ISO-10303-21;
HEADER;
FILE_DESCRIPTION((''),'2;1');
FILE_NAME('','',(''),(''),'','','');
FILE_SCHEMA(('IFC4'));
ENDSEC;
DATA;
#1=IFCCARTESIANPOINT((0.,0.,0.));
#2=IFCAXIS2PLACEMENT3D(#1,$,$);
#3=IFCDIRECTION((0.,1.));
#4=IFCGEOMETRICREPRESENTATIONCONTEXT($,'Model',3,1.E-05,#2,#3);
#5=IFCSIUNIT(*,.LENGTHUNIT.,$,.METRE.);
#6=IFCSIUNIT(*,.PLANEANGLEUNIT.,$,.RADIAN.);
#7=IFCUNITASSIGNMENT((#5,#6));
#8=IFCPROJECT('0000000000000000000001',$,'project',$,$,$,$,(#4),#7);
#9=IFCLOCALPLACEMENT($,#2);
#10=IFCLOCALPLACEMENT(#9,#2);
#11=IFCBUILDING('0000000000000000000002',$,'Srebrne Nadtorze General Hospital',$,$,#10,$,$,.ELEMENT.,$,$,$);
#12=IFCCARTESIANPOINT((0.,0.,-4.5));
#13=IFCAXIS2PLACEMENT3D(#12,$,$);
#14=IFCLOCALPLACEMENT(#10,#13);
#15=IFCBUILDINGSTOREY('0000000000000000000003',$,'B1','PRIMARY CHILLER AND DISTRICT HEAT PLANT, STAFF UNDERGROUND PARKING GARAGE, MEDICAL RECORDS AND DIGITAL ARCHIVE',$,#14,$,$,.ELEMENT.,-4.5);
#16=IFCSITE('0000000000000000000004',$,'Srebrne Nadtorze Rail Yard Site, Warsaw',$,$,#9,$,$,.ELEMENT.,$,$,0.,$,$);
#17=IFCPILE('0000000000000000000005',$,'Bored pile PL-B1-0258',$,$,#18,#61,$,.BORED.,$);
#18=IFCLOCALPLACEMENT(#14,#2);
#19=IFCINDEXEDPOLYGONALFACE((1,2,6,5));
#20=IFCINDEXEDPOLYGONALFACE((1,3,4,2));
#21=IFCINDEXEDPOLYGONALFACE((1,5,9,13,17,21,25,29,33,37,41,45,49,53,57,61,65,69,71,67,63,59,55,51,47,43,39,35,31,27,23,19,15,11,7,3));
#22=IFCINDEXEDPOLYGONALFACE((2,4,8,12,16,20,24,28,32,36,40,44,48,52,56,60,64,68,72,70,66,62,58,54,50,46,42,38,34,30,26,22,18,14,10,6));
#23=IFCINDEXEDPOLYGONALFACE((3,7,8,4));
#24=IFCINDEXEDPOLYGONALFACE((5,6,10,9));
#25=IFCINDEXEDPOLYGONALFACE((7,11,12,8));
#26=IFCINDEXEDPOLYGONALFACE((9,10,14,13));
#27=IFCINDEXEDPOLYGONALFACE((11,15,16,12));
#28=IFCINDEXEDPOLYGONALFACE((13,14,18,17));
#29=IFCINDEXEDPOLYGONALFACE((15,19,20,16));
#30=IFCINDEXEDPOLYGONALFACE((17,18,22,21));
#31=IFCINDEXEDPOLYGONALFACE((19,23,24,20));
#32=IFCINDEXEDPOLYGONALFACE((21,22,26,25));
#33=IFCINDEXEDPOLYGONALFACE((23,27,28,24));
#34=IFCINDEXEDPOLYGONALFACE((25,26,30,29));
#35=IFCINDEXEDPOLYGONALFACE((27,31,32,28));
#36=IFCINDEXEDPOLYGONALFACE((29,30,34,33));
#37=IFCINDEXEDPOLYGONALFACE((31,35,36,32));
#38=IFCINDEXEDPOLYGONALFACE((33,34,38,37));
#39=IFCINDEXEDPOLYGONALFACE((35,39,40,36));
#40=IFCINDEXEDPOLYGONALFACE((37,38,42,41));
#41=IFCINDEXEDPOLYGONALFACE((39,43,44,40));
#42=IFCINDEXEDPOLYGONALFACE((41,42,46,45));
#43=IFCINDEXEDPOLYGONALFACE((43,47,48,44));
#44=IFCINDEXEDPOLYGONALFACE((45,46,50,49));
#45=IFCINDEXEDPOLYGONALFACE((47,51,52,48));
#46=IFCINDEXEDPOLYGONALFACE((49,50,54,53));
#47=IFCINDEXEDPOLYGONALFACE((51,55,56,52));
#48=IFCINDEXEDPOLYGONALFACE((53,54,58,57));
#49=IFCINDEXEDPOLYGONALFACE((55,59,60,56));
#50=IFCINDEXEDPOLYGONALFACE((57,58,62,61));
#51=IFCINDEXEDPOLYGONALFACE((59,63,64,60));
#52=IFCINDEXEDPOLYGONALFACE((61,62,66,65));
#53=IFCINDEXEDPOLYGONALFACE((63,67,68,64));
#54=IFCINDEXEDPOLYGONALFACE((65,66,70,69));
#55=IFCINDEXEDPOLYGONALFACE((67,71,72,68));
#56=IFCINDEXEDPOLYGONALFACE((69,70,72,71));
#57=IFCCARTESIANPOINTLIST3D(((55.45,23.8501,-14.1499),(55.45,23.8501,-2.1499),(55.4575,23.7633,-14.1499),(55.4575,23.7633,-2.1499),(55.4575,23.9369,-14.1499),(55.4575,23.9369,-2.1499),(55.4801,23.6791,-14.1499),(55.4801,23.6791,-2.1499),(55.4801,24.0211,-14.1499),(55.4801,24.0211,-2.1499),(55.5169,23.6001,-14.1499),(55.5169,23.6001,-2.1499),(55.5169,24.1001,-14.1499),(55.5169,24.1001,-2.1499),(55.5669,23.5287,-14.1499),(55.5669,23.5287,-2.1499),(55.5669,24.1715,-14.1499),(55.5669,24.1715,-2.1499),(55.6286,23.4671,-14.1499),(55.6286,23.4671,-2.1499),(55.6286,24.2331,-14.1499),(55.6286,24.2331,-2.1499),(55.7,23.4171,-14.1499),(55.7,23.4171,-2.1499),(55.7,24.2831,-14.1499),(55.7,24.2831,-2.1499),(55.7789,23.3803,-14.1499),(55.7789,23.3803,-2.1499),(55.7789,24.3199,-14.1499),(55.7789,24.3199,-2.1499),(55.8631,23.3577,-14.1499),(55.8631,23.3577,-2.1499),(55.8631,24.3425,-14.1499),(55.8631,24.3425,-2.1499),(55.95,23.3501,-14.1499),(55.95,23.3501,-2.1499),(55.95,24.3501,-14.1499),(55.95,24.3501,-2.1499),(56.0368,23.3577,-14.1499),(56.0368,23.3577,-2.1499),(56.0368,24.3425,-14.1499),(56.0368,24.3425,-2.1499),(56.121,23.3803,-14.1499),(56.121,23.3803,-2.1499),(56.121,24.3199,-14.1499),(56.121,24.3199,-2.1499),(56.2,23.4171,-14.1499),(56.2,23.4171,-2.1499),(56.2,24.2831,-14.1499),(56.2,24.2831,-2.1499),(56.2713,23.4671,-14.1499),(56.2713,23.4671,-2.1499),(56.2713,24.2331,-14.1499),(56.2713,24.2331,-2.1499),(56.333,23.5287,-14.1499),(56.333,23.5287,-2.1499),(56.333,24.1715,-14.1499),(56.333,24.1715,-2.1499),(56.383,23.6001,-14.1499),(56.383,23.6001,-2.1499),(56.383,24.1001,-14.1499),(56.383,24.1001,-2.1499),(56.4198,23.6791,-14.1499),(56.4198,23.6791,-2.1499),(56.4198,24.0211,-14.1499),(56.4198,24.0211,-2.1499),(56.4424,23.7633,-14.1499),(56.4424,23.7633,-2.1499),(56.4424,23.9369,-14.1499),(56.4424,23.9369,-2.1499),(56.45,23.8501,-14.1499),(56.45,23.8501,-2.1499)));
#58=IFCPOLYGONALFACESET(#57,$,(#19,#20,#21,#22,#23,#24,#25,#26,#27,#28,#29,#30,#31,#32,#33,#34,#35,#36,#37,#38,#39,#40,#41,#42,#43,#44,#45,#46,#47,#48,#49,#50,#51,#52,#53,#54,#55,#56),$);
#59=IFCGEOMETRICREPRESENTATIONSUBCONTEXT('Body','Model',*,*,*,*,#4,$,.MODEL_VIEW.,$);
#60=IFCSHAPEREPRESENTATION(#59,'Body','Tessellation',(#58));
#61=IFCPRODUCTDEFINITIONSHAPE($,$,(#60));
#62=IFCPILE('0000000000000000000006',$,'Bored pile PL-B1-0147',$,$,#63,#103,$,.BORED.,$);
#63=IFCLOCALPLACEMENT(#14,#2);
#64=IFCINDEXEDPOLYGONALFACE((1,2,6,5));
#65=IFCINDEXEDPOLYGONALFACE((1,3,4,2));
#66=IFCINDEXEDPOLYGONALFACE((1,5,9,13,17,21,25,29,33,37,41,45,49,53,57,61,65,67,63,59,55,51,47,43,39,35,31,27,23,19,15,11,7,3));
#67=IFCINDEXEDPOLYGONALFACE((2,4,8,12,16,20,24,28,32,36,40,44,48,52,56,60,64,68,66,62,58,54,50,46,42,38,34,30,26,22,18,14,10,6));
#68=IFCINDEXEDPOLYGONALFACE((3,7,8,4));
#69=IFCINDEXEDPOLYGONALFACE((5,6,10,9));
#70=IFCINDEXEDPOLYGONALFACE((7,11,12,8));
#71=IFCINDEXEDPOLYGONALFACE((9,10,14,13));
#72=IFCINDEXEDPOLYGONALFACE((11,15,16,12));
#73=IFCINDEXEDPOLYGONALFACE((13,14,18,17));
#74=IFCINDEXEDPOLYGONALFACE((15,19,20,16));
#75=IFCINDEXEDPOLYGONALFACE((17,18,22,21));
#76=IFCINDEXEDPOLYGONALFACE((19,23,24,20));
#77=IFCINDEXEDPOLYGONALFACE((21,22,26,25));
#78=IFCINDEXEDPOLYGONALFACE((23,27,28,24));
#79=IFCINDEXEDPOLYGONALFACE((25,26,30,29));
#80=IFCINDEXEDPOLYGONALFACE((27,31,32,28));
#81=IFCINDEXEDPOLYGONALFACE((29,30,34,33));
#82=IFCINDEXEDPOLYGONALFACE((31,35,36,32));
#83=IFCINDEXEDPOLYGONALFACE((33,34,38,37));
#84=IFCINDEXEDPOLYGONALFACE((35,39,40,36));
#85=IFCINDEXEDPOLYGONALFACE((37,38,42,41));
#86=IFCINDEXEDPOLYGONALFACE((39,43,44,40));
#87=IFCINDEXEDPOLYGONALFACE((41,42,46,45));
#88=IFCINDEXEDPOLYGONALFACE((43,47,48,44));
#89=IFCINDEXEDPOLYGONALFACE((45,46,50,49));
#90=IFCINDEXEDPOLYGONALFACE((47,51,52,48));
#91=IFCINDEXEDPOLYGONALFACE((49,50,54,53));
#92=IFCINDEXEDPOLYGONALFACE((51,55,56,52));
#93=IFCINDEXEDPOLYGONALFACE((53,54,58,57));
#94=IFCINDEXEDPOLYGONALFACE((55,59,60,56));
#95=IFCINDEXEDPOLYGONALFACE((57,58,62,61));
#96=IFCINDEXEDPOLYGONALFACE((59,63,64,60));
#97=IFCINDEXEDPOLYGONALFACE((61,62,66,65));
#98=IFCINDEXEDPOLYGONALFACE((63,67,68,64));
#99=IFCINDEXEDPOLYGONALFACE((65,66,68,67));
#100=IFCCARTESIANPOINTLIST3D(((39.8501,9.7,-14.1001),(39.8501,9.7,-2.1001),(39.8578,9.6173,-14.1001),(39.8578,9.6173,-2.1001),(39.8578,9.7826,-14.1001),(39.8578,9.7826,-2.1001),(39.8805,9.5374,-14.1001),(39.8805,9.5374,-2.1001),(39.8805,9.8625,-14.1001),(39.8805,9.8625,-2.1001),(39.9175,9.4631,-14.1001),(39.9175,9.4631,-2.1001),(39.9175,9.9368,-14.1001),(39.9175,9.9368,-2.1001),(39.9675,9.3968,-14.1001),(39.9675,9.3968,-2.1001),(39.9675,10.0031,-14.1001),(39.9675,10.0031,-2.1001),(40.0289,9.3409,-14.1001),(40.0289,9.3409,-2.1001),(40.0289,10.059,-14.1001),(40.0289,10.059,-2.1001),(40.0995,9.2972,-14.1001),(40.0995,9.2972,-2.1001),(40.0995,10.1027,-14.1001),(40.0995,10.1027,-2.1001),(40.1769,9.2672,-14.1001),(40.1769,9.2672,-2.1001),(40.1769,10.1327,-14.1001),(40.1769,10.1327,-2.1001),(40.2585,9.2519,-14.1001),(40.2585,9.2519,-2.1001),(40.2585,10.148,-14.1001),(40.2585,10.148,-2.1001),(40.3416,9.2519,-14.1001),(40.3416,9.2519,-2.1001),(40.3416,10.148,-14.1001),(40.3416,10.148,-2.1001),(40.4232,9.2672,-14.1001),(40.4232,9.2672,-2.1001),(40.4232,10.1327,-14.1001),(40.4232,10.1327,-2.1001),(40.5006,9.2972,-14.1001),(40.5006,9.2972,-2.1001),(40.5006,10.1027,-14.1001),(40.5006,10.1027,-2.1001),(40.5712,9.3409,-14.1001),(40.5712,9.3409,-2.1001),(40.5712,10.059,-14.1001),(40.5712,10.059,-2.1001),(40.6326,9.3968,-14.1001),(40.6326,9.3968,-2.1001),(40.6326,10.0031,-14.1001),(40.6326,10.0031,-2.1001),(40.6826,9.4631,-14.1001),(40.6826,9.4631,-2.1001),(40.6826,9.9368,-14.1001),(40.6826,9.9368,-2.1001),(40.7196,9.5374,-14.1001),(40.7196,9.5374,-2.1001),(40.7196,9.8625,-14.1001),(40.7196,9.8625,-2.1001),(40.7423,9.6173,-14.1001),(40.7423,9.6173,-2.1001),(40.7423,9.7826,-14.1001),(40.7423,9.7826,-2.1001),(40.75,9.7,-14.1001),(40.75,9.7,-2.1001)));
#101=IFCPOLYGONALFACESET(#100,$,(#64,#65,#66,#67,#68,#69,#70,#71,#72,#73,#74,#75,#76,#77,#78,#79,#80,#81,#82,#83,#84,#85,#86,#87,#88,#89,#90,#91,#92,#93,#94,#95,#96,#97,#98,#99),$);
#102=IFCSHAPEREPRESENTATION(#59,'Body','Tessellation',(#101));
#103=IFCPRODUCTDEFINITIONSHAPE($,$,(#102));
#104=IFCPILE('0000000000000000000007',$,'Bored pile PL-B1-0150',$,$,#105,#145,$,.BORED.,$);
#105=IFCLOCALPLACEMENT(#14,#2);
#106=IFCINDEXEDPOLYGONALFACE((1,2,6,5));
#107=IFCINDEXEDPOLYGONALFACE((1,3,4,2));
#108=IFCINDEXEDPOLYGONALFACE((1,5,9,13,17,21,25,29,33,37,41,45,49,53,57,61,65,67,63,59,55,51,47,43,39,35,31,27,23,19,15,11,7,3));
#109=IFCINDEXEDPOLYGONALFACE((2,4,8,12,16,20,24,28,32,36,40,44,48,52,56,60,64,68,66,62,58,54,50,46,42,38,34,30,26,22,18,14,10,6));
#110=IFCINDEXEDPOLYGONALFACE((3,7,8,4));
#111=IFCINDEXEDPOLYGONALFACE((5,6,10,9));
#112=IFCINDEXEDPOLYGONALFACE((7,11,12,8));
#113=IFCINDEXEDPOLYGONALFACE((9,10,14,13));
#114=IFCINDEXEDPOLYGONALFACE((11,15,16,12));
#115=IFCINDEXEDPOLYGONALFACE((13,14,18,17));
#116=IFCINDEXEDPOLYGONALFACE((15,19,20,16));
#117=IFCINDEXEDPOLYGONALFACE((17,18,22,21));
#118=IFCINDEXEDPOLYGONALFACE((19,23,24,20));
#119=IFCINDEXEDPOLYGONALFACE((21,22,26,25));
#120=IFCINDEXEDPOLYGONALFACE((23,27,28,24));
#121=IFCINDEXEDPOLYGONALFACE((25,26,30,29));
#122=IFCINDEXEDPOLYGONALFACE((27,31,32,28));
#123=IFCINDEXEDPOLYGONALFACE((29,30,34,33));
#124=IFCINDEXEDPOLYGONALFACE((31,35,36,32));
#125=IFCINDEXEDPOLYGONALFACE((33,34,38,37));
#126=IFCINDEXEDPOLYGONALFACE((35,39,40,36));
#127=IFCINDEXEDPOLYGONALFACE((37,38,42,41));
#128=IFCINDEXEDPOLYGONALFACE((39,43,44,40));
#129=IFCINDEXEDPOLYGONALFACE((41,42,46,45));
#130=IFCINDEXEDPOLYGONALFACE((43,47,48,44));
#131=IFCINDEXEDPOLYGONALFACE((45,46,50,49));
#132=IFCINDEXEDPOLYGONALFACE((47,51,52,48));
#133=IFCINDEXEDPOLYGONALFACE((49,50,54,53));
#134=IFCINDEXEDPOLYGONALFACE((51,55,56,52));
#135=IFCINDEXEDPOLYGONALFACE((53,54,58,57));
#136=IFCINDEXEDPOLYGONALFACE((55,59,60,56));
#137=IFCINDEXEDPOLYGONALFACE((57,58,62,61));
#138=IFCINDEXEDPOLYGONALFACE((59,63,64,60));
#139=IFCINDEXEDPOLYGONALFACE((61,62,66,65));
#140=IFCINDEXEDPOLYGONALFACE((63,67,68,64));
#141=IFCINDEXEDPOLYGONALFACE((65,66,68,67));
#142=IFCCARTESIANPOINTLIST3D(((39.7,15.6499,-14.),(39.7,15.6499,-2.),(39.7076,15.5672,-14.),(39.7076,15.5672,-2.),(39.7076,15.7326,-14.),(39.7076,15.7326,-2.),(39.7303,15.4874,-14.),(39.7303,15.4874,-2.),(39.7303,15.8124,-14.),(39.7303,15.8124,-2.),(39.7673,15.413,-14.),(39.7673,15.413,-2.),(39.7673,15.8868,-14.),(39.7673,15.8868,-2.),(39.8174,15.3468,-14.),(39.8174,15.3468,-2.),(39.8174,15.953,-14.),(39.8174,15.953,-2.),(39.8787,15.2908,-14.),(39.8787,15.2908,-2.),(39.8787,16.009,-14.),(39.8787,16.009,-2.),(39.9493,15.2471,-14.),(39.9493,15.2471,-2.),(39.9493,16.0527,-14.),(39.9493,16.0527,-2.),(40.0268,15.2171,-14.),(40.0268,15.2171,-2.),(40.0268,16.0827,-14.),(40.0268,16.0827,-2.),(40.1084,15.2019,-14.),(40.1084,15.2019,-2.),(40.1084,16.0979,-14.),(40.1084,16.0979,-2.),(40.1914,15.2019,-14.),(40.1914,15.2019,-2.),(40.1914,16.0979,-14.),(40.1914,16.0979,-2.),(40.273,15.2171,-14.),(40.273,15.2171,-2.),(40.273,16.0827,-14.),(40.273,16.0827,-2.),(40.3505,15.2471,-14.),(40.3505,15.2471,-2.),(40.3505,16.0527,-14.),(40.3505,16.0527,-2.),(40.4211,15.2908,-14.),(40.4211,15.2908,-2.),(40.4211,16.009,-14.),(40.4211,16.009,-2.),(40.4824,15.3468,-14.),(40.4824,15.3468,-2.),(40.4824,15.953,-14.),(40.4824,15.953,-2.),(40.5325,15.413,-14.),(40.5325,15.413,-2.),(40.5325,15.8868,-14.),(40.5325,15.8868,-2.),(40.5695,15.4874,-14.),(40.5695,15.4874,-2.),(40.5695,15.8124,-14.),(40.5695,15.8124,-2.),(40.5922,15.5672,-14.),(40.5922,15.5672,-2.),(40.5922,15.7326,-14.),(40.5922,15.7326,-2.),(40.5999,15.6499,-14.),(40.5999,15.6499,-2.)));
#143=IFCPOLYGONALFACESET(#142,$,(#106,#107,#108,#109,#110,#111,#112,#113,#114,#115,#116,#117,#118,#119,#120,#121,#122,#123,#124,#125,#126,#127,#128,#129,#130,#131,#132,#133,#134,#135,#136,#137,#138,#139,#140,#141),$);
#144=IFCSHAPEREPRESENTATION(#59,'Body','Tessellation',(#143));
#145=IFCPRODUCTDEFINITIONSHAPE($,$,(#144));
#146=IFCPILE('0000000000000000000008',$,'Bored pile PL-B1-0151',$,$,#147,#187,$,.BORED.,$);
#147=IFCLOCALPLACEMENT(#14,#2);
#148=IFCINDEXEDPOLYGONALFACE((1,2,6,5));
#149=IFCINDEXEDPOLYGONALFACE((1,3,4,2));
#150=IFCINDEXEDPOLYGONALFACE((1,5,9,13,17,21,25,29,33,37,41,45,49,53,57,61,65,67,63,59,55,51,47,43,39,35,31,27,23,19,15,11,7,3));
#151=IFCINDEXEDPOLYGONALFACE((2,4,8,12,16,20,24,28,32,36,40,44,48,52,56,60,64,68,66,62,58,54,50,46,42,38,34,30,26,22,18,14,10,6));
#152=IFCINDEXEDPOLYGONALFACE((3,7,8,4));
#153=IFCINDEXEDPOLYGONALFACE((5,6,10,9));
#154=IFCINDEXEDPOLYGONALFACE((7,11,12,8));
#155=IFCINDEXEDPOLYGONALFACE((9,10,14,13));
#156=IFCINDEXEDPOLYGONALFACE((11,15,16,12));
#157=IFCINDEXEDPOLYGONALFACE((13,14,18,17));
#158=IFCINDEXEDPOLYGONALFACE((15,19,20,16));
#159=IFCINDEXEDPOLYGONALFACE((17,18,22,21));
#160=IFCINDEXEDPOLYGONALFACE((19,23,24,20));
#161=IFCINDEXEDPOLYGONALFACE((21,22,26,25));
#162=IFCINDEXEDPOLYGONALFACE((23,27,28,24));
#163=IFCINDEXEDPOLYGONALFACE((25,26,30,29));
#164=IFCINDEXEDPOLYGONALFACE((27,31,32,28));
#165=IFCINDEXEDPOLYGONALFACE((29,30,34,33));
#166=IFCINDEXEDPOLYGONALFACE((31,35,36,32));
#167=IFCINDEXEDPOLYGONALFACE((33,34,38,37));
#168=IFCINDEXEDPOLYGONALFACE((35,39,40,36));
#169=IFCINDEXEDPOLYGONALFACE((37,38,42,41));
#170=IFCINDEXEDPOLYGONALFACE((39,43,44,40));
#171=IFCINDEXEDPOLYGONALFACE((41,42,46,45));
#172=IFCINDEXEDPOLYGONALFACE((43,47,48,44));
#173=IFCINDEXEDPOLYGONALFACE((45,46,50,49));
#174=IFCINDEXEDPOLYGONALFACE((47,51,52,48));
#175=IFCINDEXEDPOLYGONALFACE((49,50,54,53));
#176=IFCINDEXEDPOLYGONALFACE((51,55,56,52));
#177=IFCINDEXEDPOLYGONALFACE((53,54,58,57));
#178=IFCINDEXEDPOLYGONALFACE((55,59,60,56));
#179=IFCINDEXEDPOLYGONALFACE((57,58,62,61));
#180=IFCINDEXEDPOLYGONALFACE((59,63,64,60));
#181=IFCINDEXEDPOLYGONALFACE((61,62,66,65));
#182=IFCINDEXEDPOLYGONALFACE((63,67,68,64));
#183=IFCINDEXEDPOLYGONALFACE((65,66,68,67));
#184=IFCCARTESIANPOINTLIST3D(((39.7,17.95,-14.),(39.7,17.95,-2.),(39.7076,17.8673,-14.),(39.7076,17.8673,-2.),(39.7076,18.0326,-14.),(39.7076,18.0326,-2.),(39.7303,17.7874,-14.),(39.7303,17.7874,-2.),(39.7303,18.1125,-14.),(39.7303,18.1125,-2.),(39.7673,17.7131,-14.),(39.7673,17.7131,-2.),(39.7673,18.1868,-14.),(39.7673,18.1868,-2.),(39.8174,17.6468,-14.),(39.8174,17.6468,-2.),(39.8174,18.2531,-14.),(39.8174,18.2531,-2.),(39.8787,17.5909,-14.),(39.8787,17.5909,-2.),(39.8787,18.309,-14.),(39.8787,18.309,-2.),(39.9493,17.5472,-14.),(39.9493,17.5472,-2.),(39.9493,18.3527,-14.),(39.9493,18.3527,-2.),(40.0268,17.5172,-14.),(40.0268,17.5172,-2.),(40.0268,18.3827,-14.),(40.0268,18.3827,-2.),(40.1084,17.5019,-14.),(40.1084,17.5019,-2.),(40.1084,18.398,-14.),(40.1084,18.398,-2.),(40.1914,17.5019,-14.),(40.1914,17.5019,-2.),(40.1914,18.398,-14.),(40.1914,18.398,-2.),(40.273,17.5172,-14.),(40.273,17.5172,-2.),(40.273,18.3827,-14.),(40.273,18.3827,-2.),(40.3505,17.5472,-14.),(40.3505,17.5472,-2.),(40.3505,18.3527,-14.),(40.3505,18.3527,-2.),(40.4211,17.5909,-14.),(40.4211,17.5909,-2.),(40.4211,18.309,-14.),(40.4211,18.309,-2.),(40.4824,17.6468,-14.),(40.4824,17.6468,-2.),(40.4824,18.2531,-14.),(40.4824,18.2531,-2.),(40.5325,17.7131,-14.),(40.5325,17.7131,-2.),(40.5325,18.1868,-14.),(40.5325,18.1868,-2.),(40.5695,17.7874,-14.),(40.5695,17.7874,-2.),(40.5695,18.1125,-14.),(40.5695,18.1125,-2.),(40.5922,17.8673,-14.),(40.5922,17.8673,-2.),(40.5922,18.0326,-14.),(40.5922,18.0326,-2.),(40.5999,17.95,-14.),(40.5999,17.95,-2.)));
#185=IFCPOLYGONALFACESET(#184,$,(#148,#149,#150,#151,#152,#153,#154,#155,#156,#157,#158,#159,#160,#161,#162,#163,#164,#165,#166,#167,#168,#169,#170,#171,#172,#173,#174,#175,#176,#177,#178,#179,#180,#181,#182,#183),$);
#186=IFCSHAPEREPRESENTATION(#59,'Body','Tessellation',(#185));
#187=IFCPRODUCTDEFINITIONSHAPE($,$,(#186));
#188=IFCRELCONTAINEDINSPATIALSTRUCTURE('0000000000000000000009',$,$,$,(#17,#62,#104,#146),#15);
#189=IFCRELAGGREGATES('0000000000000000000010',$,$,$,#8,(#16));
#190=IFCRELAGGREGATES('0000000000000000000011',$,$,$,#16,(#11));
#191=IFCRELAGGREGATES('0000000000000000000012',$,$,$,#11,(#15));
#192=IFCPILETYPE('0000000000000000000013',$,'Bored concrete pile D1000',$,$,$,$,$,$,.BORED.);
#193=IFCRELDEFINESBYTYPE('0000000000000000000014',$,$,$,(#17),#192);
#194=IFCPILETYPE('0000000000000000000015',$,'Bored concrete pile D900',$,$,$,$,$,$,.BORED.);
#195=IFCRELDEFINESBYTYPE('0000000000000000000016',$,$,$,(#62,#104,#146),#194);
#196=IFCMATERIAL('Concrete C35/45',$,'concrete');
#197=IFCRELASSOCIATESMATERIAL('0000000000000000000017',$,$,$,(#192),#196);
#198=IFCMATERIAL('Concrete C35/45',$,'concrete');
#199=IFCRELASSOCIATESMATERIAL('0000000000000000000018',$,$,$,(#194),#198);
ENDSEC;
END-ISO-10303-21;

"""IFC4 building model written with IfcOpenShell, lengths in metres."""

from ifc_helpers import new_model, si_unit, direction, frame, origin, origin_2d, place, context, subcontext, project, spatial, circle, extrude, material, material_profile, profile_set, type_object, element, save


model = new_model("IFC4")

# Units and contexts
model_context = context("Model", 3, precision=1e-05, world=origin(), true_north=direction((0.0, 1.0)))
body_context = subcontext(model_context, "Body", "Model", "MODEL_VIEW")
ifc_project = project(units=[si_unit("LENGTHUNIT", "METRE"), si_unit("PLANEANGLEUNIT", "RADIAN")], contexts=[model_context])

# Site, building, storey
site_placement = place(None, origin())
site = spatial("IfcSite", under=ifc_project, at=site_placement, Name="Srebrne Nadtorze Rail Yard Site, Warsaw", CompositionType="ELEMENT", RefElevation=0.0)
building_placement = place(site_placement, origin())
building = spatial("IfcBuilding", under=site, at=building_placement, Name="Srebrne Nadtorze General Hospital", CompositionType="ELEMENT")
storey_placement = place(building_placement, frame((0.0, 0.0, -4.5)))
storey = spatial("IfcBuildingStorey", under=building, at=storey_placement, Name="B1", Description="PRIMARY CHILLER AND DISTRICT HEAT PLANT, STAFF UNDERGROUND PARKING GARAGE, MEDICAL RECORDS AND DIGITAL ARCHIVE", CompositionType="ELEMENT", Elevation=-4.5)

# Piles
ifc_material_1 = material(Name="Concrete C35/45", Category="concrete")
ifc_material_profile_1 = material_profile(ifc_material_1, circle(Radius=0.5, at=origin_2d()), Name="PILE-D1000")
ifc_profile_set_1 = profile_set([ifc_material_profile_1], Name="Concrete C35/45")
pile_type_1 = type_object("IfcPileType", Name="Bored concrete pile D1000", PredefinedType="BORED", material=ifc_profile_set_1)
for number, where, z_axis, x_axis, name in (
    (1, (55.95, 23.8501, -2.1499), (0.0, 0.0, -1.0), (1.0, 0.0, 0.0), "Bored pile PL-B1-0258"),
):
    element("IfcPile", number, at=place(storey_placement, frame(where, z_axis=z_axis, x_axis=x_axis)), inside=storey, type_object=pile_type_1, Name=name, PredefinedType="BORED", context=body_context, shape_type="SweptSolid", body=[
        extrude(circle(Radius=0.5, at=origin_2d()), origin(), (0.0, 0.0, 1.0), 12.0),
    ])
ifc_material_2 = material(Name="Concrete C35/45", Category="concrete")
ifc_material_profile_2 = material_profile(ifc_material_2, circle(Radius=0.45, at=origin_2d()), Name="PILE-D900")
ifc_profile_set_2 = profile_set([ifc_material_profile_2], Name="Concrete C35/45")
pile_type_2 = type_object("IfcPileType", Name="Bored concrete pile D900", PredefinedType="BORED", material=ifc_profile_set_2)
for number, where, z_axis, x_axis, name in (
    (2, (40.3, 9.7, -2.1001), (0.0, 0.0, -1.0), (1.0, 0.0, 0.0), "Bored pile PL-B1-0147"),
    (3, (40.1499, 15.6499, -2.0), (0.0, 0.0, -1.0), (1.0, 0.0, 0.0), "Bored pile PL-B1-0150"),
    (4, (40.1499, 17.95, -2.0), (0.0, 0.0, -1.0), (1.0, 0.0, 0.0), "Bored pile PL-B1-0151"),
):
    element("IfcPile", number, at=place(storey_placement, frame(where, z_axis=z_axis, x_axis=x_axis)), inside=storey, type_object=pile_type_2, Name=name, PredefinedType="BORED", context=body_context, shape_type="SweptSolid", body=[
        extrude(circle(Radius=0.45, at=origin_2d()), origin(), (0.0, 0.0, 1.0), 12.0),
    ])

save(model, "model.ifc")
